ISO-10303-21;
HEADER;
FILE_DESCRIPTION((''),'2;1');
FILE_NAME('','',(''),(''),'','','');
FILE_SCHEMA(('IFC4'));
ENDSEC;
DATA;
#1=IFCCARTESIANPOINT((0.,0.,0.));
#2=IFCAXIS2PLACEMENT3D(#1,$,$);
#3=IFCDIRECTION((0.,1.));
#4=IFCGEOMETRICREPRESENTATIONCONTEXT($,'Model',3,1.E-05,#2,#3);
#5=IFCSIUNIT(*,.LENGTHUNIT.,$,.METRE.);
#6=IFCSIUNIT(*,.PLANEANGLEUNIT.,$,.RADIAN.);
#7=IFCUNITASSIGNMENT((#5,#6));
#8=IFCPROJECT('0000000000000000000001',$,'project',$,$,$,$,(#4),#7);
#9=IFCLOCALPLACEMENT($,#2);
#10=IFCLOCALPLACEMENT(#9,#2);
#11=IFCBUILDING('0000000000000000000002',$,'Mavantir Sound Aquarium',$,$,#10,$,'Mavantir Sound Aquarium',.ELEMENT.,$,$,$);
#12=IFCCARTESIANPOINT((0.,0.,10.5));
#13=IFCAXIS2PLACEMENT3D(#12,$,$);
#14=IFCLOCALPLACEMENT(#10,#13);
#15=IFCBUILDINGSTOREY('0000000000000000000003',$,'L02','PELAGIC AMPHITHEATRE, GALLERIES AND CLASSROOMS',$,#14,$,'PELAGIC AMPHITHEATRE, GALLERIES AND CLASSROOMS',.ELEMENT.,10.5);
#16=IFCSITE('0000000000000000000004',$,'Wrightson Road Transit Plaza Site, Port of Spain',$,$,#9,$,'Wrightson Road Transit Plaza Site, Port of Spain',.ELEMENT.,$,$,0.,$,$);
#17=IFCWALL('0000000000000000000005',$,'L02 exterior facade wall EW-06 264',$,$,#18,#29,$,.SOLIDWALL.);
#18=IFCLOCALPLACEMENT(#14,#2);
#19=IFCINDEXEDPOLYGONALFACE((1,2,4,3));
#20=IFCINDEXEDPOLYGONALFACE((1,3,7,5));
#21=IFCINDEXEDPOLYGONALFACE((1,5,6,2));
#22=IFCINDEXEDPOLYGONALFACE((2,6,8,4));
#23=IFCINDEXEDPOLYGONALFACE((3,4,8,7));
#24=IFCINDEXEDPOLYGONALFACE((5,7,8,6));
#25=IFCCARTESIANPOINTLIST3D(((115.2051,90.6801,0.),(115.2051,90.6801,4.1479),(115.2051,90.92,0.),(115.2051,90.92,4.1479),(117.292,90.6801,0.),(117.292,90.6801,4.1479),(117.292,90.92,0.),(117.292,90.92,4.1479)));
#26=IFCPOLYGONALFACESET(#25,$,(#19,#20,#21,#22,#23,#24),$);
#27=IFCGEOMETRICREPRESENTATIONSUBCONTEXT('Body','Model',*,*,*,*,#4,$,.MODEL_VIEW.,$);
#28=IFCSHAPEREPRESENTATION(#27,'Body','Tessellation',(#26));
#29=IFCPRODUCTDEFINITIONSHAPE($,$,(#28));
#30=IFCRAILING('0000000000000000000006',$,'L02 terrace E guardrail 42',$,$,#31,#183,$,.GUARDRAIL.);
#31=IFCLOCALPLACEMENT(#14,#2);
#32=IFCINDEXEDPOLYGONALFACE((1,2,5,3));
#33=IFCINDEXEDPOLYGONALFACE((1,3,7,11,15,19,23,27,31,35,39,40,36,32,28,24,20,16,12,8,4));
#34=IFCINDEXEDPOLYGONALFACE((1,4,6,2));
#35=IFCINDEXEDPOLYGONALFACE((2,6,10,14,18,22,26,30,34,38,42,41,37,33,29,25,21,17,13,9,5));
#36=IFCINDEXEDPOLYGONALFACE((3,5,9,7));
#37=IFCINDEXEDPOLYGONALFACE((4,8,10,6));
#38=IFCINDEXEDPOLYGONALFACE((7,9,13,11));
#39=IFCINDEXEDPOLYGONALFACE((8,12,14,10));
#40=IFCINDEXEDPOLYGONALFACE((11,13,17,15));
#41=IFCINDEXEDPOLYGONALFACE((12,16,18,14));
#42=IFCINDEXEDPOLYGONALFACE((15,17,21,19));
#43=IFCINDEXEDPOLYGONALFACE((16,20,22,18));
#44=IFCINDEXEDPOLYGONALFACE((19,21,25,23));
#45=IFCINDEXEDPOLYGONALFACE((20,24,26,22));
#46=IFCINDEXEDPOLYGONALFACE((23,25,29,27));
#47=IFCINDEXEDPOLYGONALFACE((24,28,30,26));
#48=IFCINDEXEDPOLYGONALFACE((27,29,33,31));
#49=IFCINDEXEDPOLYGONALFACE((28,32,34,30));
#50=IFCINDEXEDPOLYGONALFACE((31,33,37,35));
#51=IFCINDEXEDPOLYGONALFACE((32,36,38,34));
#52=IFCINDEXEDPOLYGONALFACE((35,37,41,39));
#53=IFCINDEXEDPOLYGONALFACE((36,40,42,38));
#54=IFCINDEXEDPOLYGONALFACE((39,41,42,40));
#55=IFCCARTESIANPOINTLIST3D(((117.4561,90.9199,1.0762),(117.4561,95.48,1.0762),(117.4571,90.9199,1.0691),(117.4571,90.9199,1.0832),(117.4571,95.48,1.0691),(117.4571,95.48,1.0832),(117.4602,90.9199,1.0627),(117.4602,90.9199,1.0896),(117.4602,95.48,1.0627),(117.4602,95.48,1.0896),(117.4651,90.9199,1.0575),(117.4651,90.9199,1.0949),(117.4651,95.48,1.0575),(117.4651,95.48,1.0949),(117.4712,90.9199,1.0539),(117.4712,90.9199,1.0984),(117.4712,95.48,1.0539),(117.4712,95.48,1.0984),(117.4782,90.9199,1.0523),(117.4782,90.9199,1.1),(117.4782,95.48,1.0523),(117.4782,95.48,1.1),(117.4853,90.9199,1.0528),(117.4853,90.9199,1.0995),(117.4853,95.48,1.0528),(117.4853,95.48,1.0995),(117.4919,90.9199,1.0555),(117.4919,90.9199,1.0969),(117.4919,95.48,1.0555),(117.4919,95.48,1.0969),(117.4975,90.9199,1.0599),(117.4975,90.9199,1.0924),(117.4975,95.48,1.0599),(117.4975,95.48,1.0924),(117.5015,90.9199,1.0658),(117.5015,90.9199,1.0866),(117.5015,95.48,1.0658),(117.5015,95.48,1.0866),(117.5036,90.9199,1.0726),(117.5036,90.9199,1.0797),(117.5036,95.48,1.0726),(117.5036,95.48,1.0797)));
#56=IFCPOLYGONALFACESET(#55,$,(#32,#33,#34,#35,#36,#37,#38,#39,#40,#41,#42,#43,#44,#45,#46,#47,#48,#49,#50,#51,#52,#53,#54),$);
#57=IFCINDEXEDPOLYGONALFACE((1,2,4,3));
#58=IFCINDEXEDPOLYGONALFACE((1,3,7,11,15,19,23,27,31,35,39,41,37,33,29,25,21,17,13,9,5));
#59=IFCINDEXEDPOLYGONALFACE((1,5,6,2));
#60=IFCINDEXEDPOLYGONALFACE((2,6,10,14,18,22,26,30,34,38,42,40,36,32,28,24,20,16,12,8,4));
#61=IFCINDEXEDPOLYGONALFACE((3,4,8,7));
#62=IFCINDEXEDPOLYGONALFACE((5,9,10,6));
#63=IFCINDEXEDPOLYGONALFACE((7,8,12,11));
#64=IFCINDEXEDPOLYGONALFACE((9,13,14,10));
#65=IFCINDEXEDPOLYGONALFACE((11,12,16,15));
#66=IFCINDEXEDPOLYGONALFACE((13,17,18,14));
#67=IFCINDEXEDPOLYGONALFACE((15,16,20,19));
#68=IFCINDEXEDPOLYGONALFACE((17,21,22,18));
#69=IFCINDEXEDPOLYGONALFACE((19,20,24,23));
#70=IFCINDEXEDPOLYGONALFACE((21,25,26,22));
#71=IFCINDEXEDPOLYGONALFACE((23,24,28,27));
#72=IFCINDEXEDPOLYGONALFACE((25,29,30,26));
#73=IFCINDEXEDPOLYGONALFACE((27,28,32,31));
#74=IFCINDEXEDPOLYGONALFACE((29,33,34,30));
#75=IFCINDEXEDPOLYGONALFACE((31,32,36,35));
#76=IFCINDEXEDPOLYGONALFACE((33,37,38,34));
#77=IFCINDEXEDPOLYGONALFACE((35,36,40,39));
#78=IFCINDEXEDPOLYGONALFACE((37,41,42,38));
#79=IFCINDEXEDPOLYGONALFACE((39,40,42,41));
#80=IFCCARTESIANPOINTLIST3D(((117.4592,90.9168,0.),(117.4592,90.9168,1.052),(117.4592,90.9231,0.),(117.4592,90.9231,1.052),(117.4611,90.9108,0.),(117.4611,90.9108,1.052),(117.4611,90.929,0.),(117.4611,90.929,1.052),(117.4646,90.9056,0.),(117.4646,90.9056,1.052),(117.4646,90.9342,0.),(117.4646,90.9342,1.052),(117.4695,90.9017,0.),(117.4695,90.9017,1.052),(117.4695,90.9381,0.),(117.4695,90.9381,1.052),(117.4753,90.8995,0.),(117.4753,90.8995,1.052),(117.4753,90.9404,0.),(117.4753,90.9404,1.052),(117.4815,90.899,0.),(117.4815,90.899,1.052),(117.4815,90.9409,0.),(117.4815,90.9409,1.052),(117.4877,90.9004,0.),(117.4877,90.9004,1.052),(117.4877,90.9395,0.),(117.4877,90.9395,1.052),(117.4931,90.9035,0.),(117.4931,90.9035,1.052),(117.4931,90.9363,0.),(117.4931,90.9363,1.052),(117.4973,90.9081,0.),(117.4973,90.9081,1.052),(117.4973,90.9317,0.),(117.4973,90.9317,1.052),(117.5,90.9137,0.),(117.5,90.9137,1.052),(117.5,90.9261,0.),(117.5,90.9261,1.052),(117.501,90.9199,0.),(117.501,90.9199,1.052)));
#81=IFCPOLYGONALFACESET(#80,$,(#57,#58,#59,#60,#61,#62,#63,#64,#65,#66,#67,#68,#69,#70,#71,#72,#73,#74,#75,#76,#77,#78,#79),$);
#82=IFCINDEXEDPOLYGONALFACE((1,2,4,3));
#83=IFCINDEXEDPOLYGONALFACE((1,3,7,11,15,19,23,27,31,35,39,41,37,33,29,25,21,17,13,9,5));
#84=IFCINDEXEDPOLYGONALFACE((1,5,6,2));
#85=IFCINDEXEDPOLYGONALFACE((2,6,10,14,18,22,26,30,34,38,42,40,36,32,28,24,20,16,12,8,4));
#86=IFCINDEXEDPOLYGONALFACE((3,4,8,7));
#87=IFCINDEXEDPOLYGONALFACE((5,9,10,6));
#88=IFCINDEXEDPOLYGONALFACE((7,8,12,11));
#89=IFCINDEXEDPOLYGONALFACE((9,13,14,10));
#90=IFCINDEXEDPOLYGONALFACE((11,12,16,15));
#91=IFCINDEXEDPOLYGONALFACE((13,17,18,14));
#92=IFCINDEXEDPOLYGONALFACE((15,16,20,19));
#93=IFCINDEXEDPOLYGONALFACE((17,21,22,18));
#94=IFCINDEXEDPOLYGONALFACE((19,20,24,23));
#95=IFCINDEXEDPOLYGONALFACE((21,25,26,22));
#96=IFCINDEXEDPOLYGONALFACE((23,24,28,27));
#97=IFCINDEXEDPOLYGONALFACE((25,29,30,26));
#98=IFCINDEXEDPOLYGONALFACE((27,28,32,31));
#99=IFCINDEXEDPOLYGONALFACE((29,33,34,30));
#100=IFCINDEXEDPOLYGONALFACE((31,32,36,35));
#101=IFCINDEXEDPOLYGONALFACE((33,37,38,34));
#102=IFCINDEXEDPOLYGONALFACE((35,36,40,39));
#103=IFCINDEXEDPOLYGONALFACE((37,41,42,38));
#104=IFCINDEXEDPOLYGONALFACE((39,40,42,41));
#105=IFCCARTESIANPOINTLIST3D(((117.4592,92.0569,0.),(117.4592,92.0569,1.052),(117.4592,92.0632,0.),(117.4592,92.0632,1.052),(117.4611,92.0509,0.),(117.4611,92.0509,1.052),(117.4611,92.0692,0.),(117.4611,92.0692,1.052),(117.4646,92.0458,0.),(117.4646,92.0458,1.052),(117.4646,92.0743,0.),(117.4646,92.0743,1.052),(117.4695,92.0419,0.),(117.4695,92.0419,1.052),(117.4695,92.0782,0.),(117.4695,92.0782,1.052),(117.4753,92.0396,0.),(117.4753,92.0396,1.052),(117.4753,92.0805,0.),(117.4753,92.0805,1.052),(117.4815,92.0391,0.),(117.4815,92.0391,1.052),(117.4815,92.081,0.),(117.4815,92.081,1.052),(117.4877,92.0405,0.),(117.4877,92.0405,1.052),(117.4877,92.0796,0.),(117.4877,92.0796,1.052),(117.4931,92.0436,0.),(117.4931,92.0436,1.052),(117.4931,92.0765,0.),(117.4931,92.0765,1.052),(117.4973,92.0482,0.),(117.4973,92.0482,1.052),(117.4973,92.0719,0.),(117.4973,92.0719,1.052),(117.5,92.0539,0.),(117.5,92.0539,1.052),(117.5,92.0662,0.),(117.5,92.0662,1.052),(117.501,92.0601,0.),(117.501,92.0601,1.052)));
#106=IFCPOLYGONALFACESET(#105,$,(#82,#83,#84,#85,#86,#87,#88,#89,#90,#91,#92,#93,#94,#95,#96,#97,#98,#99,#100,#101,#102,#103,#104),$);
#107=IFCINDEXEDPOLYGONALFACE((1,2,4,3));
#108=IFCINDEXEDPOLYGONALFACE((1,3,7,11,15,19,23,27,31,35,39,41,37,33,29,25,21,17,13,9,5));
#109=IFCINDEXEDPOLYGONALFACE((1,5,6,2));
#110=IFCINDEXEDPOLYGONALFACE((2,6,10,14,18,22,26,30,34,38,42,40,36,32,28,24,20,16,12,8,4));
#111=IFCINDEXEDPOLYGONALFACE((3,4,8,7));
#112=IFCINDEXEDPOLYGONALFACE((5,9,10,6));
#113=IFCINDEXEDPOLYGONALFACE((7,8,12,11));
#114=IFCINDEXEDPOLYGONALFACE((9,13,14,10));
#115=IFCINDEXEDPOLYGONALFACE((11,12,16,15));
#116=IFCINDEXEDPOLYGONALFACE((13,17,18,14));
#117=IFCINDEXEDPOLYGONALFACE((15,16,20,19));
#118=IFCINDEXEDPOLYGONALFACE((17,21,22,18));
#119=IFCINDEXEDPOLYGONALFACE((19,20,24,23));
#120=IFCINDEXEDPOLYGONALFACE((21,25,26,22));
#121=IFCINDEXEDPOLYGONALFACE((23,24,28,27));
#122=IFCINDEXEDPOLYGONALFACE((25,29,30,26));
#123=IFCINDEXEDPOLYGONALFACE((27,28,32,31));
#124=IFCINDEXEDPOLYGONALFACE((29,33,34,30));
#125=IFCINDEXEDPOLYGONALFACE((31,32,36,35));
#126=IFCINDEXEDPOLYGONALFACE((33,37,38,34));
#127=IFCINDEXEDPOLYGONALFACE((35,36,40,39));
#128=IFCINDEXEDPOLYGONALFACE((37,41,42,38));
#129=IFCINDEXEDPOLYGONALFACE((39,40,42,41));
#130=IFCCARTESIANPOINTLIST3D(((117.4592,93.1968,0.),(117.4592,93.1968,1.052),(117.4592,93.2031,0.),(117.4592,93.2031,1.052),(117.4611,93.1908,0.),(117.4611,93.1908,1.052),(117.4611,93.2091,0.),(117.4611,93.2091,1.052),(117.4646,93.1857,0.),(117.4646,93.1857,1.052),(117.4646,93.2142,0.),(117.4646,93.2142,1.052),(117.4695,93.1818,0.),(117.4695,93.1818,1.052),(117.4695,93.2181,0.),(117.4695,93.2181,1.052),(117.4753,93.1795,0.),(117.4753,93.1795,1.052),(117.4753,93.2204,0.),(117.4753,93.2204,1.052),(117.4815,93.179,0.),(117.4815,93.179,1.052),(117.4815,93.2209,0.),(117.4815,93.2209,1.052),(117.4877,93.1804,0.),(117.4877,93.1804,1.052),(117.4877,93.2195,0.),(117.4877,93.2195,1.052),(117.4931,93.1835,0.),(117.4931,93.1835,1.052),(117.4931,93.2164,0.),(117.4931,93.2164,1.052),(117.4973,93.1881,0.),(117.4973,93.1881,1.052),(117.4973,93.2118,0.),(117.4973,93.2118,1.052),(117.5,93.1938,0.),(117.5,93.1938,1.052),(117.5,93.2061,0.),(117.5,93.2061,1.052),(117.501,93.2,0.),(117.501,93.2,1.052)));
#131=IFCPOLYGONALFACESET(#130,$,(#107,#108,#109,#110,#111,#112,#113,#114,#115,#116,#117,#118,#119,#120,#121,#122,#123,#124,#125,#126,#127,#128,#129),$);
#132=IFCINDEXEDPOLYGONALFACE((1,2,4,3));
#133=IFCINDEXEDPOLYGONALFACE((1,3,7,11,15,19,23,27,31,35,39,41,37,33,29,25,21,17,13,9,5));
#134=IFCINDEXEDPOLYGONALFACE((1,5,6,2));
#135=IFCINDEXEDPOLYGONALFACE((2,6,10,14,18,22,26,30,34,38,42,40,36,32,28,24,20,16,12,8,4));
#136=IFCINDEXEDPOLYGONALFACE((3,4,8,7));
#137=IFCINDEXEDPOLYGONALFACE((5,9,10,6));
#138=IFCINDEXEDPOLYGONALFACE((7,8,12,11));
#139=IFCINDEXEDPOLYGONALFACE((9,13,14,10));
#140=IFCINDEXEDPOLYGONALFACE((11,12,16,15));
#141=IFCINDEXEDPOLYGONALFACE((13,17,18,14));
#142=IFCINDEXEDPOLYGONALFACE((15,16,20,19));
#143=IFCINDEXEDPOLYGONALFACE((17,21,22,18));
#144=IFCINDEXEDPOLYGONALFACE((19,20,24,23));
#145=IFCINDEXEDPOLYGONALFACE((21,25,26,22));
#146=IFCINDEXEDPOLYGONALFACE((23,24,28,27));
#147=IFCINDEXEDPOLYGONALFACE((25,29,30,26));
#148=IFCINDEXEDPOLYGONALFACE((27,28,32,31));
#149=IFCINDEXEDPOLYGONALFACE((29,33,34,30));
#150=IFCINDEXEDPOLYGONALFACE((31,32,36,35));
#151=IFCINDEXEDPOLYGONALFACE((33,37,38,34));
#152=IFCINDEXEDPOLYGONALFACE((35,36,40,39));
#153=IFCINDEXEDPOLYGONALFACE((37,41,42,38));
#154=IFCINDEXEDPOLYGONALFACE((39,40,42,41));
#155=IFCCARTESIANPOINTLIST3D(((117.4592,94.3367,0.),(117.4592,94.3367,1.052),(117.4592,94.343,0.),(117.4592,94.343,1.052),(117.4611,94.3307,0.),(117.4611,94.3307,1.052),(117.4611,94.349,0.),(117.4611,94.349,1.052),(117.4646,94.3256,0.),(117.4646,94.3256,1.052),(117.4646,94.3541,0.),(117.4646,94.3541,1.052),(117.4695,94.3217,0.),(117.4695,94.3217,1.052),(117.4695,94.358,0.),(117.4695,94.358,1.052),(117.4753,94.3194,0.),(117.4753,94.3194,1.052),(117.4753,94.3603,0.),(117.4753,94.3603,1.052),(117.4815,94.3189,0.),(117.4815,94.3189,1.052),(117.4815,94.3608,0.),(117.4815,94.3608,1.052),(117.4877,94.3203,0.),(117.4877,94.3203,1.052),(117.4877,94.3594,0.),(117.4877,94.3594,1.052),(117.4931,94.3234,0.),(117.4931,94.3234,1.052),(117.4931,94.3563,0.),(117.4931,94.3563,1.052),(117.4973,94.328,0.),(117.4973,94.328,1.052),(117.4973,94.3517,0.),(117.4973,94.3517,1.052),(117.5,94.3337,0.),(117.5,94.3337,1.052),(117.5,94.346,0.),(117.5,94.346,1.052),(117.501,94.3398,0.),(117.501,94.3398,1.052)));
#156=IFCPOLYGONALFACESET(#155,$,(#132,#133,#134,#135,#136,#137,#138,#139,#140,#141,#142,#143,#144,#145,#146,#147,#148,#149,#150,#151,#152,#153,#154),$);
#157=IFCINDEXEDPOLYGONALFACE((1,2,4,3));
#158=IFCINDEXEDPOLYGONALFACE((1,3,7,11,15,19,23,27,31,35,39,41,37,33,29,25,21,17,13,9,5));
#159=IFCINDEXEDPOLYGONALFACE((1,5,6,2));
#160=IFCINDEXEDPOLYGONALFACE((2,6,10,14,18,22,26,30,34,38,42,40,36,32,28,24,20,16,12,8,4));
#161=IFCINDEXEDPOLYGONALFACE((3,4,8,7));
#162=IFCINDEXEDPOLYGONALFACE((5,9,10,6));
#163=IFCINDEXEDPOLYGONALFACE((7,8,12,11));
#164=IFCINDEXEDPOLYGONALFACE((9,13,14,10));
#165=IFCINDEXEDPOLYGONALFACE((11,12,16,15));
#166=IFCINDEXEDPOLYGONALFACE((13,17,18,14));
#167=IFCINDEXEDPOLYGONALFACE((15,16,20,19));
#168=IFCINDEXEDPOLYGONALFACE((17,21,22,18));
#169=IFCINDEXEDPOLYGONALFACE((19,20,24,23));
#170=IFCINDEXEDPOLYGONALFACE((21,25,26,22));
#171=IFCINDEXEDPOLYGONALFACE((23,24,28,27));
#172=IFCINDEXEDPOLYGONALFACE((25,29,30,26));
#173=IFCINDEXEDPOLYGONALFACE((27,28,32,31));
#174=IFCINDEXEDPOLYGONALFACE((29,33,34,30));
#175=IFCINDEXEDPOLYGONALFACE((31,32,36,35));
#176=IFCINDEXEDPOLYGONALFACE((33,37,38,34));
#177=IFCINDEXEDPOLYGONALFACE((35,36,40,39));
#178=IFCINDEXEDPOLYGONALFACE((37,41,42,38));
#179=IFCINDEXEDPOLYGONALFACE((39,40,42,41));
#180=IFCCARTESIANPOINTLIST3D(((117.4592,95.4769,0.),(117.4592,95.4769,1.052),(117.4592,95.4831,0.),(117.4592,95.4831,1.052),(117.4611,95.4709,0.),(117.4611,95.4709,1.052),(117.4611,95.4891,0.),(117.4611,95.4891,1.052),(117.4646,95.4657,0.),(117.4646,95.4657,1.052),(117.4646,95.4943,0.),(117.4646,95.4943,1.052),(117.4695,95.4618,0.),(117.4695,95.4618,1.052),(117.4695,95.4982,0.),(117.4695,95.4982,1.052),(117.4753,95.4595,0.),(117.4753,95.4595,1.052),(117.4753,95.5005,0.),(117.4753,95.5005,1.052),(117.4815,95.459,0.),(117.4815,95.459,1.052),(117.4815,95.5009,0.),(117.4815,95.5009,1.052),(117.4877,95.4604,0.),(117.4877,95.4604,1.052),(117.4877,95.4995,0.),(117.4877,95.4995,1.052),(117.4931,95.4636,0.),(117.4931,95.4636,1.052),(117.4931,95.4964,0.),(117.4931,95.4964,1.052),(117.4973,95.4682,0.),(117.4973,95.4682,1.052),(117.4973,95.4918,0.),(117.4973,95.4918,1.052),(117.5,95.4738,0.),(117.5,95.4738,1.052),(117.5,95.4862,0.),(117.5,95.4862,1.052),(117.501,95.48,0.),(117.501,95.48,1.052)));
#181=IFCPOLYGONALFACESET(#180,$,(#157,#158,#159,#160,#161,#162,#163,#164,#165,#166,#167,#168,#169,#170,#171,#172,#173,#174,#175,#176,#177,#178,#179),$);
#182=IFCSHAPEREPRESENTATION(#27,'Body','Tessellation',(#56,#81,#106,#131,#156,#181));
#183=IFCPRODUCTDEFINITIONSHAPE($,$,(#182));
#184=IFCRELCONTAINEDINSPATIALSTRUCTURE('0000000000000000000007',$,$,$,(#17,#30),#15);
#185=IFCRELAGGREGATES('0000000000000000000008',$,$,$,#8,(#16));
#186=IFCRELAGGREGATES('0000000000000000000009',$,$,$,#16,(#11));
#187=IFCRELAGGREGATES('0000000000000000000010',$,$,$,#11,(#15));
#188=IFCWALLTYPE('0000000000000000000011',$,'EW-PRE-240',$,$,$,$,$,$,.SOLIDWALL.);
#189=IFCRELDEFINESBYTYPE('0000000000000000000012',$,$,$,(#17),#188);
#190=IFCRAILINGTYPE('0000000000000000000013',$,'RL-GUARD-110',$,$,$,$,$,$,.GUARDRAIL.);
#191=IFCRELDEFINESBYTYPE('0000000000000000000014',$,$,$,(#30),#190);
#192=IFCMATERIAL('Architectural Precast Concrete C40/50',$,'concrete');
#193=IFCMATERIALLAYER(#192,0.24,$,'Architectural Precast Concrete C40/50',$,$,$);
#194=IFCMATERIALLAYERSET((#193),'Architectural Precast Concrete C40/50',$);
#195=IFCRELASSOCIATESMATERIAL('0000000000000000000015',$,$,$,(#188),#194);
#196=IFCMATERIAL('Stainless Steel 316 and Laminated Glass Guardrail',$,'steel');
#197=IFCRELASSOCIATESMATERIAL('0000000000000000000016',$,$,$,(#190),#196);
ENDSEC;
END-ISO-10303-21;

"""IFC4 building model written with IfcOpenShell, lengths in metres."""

from ifc_helpers import new_model, si_unit, direction, frame, frame_2d, origin, origin_2d, place, context, subcontext, project, spatial, rectangle, circle, extrude, material, layer, layer_set, type_object, element, save


model = new_model("IFC4")

# Units and contexts
model_context = context("Model", 3, precision=1e-05, world=origin(), true_north=direction((0.0, 1.0)))
body_context = subcontext(model_context, "Body", "Model", "MODEL_VIEW")
ifc_project = project(units=[si_unit("LENGTHUNIT", "METRE"), si_unit("PLANEANGLEUNIT", "RADIAN")], contexts=[model_context])

# Site, building, storey
site_placement = place(None, origin())
site = spatial("IfcSite", under=ifc_project, at=site_placement, Name="Wrightson Road Transit Plaza Site, Port of Spain", LongName="Wrightson Road Transit Plaza Site, Port of Spain", CompositionType="ELEMENT", RefElevation=0.0)
building_placement = place(site_placement, origin())
building = spatial("IfcBuilding", under=site, at=building_placement, Name="Mavantir Sound Aquarium", LongName="Mavantir Sound Aquarium", CompositionType="ELEMENT")
storey_placement = place(building_placement, frame((0.0, 0.0, 10.5)))
storey = spatial("IfcBuildingStorey", under=building, at=storey_placement, Name="L02", Description="PELAGIC AMPHITHEATRE, GALLERIES AND CLASSROOMS", LongName="PELAGIC AMPHITHEATRE, GALLERIES AND CLASSROOMS", CompositionType="ELEMENT", Elevation=10.5)

# Wall
ifc_material_1 = material(Name="Architectural Precast Concrete C40/50", Category="concrete")
ifc_layer_1 = layer(ifc_material_1, 0.24, Name="Architectural Precast Concrete C40/50")
ifc_layer_set_1 = layer_set([ifc_layer_1], Name="Architectural Precast Concrete C40/50")
wall_type_1 = type_object("IfcWallType", Name="EW-PRE-240", PredefinedType="SOLIDWALL", material=ifc_layer_set_1)
wall_1_placement = place(storey_placement, frame((117.292, 90.8, 0.0), z_axis=(0.0, 0.0, 1.0), x_axis=(-1.0, 0.0, 0.0)))
element("IfcWall", 1, at=wall_1_placement, inside=storey, type_object=wall_type_1, Name="L02 exterior facade wall EW-06 264", PredefinedType="SOLIDWALL", context=body_context, shape_type="SweptSolid", body=[
    extrude(rectangle(XDim=2.0869, YDim=0.24, at=frame_2d((1.0435, 0.0))), origin(), (0.0, 0.0, 1.0), 4.1479),
])

# Railing
ifc_material_2 = material(Name="Stainless Steel 316 and Laminated Glass Guardrail", Category="steel")
railing_type = type_object("IfcRailingType", Name="RL-GUARD-110", PredefinedType="GUARDRAIL", material=ifc_material_2)
railing_1_placement = place(storey_placement, frame((117.48, 90.9199, 0.0)))
element("IfcRailing", 2, at=railing_1_placement, inside=storey, type_object=railing_type, Name="L02 terrace E guardrail 42", PredefinedType="GUARDRAIL", context=body_context, shape_type="SweptSolid", body=[
    extrude(circle(Radius=0.0239, at=origin_2d()), frame((0.0, 0.0, 1.0762), z_axis=(0.0, 1.0, 0.0), x_axis=(-1.0, 0.0, 0.0)), (0.0, 0.0, 1.0), 4.5601),
    extrude(circle(Radius=0.021, at=origin_2d()), origin(), (0.0, 0.0, 1.0), 1.052),
    extrude(circle(Radius=0.021, at=origin_2d()), frame((0.0, 1.1401, 0.0)), (0.0, 0.0, 1.0), 1.052),
    extrude(circle(Radius=0.021, at=origin_2d()), frame((0.0, 2.28, 0.0)), (0.0, 0.0, 1.0), 1.052),
    extrude(circle(Radius=0.021, at=origin_2d()), frame((0.0, 3.4199, 0.0)), (0.0, 0.0, 1.0), 1.052),
    extrude(circle(Radius=0.021, at=origin_2d()), frame((0.0, 4.5601, 0.0)), (0.0, 0.0, 1.0), 1.052),
])

save(model, "model.ifc")
